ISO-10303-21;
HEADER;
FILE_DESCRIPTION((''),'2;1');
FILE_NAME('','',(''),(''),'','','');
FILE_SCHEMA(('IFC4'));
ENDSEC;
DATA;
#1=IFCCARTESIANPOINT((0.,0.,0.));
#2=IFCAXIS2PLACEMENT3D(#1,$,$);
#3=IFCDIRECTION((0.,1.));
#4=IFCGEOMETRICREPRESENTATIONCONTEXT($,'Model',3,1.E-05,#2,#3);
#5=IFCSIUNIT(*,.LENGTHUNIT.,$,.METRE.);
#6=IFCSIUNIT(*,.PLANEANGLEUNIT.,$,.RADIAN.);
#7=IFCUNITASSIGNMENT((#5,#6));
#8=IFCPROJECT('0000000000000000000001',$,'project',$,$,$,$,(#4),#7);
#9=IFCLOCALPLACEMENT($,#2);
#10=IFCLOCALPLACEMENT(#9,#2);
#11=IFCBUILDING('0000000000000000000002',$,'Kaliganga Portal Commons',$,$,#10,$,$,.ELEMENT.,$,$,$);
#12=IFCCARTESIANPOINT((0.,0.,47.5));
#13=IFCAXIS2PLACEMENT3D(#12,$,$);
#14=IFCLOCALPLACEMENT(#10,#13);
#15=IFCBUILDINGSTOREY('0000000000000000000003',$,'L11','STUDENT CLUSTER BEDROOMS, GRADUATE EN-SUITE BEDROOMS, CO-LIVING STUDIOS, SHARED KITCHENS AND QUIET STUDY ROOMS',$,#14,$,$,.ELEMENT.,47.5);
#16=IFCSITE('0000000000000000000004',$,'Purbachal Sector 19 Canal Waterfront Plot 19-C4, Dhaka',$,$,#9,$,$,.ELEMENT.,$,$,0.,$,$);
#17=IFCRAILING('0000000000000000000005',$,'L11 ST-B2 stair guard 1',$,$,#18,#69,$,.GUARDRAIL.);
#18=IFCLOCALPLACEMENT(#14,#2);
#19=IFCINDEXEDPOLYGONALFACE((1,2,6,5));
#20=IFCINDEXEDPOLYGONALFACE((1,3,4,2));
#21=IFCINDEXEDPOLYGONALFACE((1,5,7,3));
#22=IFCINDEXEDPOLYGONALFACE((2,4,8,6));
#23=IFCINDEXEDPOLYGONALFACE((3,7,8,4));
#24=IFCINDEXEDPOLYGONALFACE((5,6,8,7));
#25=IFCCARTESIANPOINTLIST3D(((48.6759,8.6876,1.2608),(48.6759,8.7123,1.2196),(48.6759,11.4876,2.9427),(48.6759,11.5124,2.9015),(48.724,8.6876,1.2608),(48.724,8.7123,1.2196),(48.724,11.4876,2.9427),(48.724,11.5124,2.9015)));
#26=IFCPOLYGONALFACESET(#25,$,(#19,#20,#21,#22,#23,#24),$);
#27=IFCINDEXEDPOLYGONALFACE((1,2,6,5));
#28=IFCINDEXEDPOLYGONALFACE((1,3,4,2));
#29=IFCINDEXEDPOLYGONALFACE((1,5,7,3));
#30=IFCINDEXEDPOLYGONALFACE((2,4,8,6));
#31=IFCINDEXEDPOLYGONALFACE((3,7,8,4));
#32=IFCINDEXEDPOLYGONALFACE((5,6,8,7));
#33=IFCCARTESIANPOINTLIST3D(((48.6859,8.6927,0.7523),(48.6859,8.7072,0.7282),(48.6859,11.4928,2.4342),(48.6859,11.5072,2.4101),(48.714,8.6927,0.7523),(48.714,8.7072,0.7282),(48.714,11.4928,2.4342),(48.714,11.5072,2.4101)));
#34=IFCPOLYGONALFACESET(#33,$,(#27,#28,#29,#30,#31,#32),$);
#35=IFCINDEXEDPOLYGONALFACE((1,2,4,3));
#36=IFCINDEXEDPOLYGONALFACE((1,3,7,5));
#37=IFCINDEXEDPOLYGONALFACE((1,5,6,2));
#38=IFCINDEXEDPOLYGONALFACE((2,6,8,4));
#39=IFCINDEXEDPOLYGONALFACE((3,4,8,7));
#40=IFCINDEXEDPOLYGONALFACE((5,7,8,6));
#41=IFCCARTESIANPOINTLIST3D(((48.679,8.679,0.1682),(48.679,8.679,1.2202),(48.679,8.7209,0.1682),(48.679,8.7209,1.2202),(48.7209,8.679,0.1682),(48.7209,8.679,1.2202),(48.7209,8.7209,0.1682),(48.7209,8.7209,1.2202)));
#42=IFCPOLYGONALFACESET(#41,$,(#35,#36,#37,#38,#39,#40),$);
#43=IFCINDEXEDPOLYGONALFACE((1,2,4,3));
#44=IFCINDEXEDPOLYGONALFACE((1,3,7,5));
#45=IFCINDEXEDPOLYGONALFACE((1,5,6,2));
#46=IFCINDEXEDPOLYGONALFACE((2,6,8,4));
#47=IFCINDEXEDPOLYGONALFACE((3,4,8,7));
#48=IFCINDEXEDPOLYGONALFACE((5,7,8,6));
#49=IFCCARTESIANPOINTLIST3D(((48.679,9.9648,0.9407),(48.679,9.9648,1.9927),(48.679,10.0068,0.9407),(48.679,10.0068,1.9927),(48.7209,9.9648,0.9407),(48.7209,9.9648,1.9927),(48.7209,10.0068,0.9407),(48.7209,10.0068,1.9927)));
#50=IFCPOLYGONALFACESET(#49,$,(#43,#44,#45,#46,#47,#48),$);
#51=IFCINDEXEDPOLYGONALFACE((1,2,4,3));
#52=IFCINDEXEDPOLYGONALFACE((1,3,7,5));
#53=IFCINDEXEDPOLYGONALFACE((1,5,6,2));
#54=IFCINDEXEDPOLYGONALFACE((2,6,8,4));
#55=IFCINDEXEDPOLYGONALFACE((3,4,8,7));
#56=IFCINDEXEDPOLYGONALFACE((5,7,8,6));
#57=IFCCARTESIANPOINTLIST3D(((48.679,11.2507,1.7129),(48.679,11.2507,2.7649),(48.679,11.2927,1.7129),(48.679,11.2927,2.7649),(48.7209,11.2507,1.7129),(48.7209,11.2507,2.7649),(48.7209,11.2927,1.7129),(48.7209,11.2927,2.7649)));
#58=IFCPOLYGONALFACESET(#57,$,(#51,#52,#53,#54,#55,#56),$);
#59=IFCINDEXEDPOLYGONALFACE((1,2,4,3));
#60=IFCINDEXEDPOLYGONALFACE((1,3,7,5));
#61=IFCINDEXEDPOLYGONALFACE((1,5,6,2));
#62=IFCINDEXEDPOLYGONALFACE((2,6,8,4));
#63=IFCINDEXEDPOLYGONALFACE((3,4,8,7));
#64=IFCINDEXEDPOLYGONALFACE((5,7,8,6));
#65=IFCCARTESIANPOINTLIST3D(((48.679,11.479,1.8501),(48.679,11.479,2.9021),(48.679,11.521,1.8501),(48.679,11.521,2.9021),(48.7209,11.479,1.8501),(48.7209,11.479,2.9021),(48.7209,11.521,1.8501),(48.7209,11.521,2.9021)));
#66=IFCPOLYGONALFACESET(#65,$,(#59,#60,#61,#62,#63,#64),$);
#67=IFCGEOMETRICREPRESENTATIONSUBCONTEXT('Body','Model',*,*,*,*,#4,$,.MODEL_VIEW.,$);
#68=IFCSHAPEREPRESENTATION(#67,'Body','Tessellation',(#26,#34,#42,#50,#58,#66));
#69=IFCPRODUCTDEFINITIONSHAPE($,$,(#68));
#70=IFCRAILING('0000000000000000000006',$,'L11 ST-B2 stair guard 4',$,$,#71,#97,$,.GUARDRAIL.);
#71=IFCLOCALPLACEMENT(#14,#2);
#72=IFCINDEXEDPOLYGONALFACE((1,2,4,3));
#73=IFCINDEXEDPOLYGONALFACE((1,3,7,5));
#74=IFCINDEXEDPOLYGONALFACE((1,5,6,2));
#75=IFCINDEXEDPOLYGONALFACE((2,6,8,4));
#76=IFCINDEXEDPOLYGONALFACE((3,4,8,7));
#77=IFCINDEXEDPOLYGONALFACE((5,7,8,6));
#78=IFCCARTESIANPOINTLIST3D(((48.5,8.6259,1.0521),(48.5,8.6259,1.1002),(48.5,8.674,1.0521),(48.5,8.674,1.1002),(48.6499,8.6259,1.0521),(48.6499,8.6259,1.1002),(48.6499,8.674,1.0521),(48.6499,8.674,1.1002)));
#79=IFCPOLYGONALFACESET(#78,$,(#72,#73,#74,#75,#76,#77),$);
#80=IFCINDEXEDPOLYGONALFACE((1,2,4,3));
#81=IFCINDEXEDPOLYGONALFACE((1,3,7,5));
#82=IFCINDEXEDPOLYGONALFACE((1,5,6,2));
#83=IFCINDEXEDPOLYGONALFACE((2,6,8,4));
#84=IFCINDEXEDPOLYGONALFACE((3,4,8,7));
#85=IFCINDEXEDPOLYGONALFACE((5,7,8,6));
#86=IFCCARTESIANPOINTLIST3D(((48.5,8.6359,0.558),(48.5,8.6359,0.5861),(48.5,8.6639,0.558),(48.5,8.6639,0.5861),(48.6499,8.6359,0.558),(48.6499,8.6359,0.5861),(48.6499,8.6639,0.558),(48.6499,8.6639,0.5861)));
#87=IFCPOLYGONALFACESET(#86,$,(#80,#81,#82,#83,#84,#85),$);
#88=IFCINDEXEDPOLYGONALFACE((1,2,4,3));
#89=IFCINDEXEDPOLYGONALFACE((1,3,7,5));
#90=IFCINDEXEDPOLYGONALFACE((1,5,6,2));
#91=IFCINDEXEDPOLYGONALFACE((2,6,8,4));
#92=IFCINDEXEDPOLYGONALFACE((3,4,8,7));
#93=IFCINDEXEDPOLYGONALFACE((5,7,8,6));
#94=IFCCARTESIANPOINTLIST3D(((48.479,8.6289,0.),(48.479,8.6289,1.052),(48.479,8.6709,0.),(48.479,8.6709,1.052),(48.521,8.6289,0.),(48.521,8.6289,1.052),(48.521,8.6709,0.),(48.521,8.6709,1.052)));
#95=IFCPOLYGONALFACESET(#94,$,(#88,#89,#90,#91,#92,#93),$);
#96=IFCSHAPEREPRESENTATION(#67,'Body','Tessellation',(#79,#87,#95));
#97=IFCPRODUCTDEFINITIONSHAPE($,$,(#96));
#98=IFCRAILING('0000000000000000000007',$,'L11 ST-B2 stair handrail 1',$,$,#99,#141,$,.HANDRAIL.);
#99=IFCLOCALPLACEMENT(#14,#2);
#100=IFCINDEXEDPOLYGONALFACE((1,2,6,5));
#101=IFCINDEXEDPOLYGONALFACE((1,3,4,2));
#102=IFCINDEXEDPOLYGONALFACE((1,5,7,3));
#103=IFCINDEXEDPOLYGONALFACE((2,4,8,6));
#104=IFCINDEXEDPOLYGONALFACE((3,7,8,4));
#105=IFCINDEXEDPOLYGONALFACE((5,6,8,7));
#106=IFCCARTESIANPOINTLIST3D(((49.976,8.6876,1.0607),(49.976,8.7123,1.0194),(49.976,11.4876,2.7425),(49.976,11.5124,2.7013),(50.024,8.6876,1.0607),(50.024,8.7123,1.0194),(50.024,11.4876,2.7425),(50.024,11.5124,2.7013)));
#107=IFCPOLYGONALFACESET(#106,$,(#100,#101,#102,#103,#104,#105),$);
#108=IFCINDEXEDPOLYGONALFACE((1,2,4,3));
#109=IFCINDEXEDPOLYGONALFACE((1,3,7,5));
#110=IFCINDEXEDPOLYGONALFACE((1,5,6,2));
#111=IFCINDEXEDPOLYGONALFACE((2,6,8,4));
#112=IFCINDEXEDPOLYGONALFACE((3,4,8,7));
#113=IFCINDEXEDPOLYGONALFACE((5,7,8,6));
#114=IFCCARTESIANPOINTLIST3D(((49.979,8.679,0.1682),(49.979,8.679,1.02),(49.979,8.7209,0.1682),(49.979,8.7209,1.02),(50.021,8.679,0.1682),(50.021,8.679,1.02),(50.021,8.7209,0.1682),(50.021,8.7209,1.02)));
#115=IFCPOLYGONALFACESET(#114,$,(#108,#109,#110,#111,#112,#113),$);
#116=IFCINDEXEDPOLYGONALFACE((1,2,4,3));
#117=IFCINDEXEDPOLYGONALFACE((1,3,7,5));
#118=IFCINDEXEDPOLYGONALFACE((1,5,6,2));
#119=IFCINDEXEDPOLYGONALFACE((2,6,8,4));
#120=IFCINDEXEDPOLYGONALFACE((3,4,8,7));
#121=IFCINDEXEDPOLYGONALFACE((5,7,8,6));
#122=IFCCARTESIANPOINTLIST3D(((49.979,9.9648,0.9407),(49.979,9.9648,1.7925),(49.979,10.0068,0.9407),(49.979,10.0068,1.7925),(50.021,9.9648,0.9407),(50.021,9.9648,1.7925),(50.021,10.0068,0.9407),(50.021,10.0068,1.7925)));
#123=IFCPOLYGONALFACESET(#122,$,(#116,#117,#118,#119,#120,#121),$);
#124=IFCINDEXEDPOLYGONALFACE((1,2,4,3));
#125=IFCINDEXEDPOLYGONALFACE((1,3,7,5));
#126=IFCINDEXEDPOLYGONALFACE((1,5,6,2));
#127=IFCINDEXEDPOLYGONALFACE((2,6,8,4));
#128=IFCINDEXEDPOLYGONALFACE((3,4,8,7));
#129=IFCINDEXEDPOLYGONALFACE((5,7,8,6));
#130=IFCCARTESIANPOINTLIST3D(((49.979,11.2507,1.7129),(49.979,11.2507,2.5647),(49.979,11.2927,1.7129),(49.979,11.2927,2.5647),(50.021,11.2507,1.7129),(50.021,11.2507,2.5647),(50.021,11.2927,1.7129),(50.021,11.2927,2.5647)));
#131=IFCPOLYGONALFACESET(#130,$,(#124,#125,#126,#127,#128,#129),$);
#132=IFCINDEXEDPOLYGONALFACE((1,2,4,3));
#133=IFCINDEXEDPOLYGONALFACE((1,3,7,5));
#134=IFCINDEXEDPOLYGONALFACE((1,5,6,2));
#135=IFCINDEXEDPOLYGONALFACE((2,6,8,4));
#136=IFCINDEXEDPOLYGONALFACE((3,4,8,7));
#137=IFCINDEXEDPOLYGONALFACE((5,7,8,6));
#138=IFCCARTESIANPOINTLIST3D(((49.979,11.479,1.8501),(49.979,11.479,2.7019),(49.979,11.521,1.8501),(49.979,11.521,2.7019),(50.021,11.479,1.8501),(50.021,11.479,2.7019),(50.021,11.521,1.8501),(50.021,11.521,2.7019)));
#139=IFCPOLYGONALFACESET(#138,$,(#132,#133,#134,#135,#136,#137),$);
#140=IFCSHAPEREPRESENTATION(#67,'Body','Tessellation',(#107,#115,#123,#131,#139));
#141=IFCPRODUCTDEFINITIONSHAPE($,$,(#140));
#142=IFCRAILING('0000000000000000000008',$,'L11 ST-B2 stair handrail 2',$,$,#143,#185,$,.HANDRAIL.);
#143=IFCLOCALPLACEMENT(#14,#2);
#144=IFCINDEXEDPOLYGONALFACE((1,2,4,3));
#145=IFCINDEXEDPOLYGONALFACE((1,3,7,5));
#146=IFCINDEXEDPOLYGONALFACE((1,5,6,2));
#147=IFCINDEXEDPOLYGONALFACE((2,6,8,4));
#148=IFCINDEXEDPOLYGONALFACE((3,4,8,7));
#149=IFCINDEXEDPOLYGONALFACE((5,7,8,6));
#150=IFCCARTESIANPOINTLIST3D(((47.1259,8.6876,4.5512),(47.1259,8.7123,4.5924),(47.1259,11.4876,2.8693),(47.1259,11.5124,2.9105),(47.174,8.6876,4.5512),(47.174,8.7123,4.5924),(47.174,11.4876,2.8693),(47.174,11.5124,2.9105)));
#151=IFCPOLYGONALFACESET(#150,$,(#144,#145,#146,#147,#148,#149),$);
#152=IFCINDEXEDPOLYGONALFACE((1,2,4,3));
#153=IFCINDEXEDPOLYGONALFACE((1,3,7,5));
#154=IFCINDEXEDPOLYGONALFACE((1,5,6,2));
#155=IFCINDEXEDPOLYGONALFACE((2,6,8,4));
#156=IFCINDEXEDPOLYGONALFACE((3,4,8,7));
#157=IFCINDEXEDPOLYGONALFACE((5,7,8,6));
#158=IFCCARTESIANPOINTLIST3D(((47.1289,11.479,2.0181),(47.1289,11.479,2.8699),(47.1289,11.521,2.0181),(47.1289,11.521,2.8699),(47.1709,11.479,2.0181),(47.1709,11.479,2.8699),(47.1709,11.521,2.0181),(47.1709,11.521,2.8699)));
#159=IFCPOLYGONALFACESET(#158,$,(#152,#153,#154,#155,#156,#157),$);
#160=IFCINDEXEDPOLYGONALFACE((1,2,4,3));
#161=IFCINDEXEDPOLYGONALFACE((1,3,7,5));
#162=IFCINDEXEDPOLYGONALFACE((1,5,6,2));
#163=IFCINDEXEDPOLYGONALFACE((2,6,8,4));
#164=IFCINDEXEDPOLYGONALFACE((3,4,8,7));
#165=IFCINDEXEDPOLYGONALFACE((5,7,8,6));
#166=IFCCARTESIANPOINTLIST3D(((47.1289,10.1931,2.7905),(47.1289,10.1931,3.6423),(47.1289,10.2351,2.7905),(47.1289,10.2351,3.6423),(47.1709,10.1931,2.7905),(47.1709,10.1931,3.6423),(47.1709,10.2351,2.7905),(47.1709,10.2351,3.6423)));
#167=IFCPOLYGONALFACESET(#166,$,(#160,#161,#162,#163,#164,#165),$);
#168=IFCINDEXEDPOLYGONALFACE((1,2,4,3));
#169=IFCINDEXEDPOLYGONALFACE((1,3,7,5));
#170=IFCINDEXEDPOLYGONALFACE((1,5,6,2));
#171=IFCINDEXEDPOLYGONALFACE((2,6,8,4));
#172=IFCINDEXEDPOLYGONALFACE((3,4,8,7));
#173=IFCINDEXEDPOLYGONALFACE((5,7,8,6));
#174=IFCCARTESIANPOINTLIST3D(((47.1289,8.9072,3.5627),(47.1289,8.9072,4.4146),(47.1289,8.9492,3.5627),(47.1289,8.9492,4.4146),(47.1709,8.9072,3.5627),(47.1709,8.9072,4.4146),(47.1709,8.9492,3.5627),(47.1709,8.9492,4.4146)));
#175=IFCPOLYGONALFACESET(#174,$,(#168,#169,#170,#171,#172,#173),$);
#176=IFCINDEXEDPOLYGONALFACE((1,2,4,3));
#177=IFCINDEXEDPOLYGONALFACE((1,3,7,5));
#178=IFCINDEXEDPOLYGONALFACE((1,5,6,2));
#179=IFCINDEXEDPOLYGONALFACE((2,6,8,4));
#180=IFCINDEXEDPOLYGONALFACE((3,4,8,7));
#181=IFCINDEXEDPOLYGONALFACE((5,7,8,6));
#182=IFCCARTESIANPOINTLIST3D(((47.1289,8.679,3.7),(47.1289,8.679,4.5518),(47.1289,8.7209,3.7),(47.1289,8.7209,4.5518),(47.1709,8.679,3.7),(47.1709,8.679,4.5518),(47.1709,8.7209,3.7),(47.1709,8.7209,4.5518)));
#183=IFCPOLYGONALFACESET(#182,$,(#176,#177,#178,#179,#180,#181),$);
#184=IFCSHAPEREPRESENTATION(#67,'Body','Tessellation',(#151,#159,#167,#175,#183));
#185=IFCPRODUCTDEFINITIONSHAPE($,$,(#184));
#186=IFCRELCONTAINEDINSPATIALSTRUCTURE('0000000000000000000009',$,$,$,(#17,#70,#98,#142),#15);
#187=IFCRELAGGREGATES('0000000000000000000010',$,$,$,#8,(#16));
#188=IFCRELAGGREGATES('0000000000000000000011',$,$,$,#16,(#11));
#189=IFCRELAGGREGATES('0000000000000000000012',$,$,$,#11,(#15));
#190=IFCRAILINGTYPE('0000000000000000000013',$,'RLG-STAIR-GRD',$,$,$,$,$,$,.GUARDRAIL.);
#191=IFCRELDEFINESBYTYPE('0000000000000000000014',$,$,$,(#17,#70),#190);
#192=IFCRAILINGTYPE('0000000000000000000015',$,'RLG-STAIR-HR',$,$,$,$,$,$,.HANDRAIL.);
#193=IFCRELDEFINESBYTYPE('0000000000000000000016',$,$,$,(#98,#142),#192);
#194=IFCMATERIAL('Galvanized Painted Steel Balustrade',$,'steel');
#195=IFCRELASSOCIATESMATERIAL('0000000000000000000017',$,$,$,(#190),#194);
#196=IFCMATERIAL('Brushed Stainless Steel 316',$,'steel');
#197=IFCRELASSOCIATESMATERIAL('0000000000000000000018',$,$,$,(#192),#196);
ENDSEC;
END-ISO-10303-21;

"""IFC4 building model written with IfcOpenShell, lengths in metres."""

from ifc_helpers import new_model, si_unit, direction, frame, origin, origin_2d, place, context, subcontext, project, spatial, rectangle, extrude, material, type_object, element, save


model = new_model("IFC4")

# Units and contexts
model_context = context("Model", 3, precision=1e-05, world=origin(), true_north=direction((0.0, 1.0)))
body_context = subcontext(model_context, "Body", "Model", "MODEL_VIEW")
ifc_project = project(units=[si_unit("LENGTHUNIT", "METRE"), si_unit("PLANEANGLEUNIT", "RADIAN")], contexts=[model_context])

# Site, building, storey
site_placement = place(None, origin())
site = spatial("IfcSite", under=ifc_project, at=site_placement, Name="Purbachal Sector 19 Canal Waterfront Plot 19-C4, Dhaka", CompositionType="ELEMENT", RefElevation=0.0)
building_placement = place(site_placement, origin())
building = spatial("IfcBuilding", under=site, at=building_placement, Name="Kaliganga Portal Commons", CompositionType="ELEMENT")
storey_placement = place(building_placement, frame((0.0, 0.0, 47.5)))
storey = spatial("IfcBuildingStorey", under=building, at=storey_placement, Name="L11", Description="STUDENT CLUSTER BEDROOMS, GRADUATE EN-SUITE BEDROOMS, CO-LIVING STUDIOS, SHARED KITCHENS AND QUIET STUDY ROOMS", CompositionType="ELEMENT", Elevation=47.5)

# Railings
ifc_material_1 = material(Name="Galvanized Painted Steel Balustrade", Category="steel")
railing_type_1 = type_object("IfcRailingType", Name="RLG-STAIR-GRD", PredefinedType="GUARDRAIL", material=ifc_material_1)
railing_1_placement = place(storey_placement, frame((48.7, 8.7, 0.1682)))
element("IfcRailing", 1, at=railing_1_placement, inside=storey, type_object=railing_type_1, Name="L11 ST-B2 stair guard 1", PredefinedType="GUARDRAIL", context=body_context, shape_type="SweptSolid", body=[
    extrude(rectangle(XDim=0.0481, YDim=0.0481, at=origin_2d()), frame((0.0, 0.0, 1.072), z_axis=(0.0, 0.857242, 0.514913), x_axis=(-1.0, 0.0, 0.0)), (0.0, 0.0, 1.0), 3.2664),
    extrude(rectangle(XDim=0.0281, YDim=0.0281, at=origin_2d()), frame((0.0, 0.0, 0.572), z_axis=(0.0, 0.857242, 0.514913), x_axis=(-1.0, 0.0, 0.0)), (0.0, 0.0, 1.0), 3.2664),
    extrude(rectangle(XDim=0.042, YDim=0.042, at=origin_2d()), origin(), (0.0, 0.0, 1.0), 1.052),
    extrude(rectangle(XDim=0.042, YDim=0.042, at=origin_2d()), frame((0.0, 1.2859, 0.7725)), (0.0, 0.0, 1.0), 1.052),
    extrude(rectangle(XDim=0.042, YDim=0.042, at=origin_2d()), frame((0.0, 2.5718, 1.5447)), (0.0, 0.0, 1.0), 1.052),
    extrude(rectangle(XDim=0.042, YDim=0.042, at=origin_2d()), frame((0.0, 2.8, 1.6819)), (0.0, 0.0, 1.0), 1.052),
])
railing_2_placement = place(storey_placement, frame((48.6499, 8.6499, 0.0)))
element("IfcRailing", 2, at=railing_2_placement, inside=storey, type_object=railing_type_1, Name="L11 ST-B2 stair guard 4", PredefinedType="GUARDRAIL", context=body_context, shape_type="SweptSolid", body=[
    extrude(rectangle(XDim=0.0481, YDim=0.0481, at=origin_2d()), frame((0.0, 0.0, 1.0762), z_axis=(-1.0, 0.0, 0.0), x_axis=(0.0, -1.0, 0.0)), (0.0, 0.0, 1.0), 0.1499),
    extrude(rectangle(XDim=0.0281, YDim=0.0281, at=origin_2d()), frame((0.0, 0.0, 0.572), z_axis=(-1.0, 0.0, 0.0), x_axis=(0.0, -1.0, 0.0)), (0.0, 0.0, 1.0), 0.1499),
    extrude(rectangle(XDim=0.042, YDim=0.042, at=origin_2d()), frame((-0.1499, 0.0, 0.0)), (0.0, 0.0, 1.0), 1.052),
])
ifc_material_2 = material(Name="Brushed Stainless Steel 316", Category="steel")
railing_type_2 = type_object("IfcRailingType", Name="RLG-STAIR-HR", PredefinedType="HANDRAIL", material=ifc_material_2)
railing_3_placement = place(storey_placement, frame((50.0, 8.7, 0.1682)))
element("IfcRailing", 3, at=railing_3_placement, inside=storey, type_object=railing_type_2, Name="L11 ST-B2 stair handrail 1", PredefinedType="HANDRAIL", context=body_context, shape_type="SweptSolid", body=[
    extrude(rectangle(XDim=0.0481, YDim=0.0481, at=origin_2d()), frame((0.0, 0.0, 0.8718), z_axis=(0.0, 0.857242, 0.514913), x_axis=(-1.0, 0.0, 0.0)), (0.0, 0.0, 1.0), 3.2664),
    extrude(rectangle(XDim=0.042, YDim=0.042, at=origin_2d()), origin(), (0.0, 0.0, 1.0), 0.8518),
    extrude(rectangle(XDim=0.042, YDim=0.042, at=origin_2d()), frame((0.0, 1.2859, 0.7725)), (0.0, 0.0, 1.0), 0.8518),
    extrude(rectangle(XDim=0.042, YDim=0.042, at=origin_2d()), frame((0.0, 2.5718, 1.5447)), (0.0, 0.0, 1.0), 0.8518),
    extrude(rectangle(XDim=0.042, YDim=0.042, at=origin_2d()), frame((0.0, 2.8, 1.6819)), (0.0, 0.0, 1.0), 0.8518),
])
railing_4_placement = place(storey_placement, frame((47.1499, 11.5, 2.0181)))
element("IfcRailing", 4, at=railing_4_placement, inside=storey, type_object=railing_type_2, Name="L11 ST-B2 stair handrail 2", PredefinedType="HANDRAIL", context=body_context, shape_type="SweptSolid", body=[
    extrude(rectangle(XDim=0.0481, YDim=0.0481, at=origin_2d()), frame((0.0, 0.0, 0.8718), z_axis=(0.0, -0.857242, 0.514913), x_axis=(1.0, 0.0, 0.0)), (0.0, 0.0, 1.0), 3.2664),
    extrude(rectangle(XDim=0.042, YDim=0.042, at=origin_2d()), origin(), (0.0, 0.0, 1.0), 0.8518),
    extrude(rectangle(XDim=0.042, YDim=0.042, at=origin_2d()), frame((0.0, -1.2859, 0.7725)), (0.0, 0.0, 1.0), 0.8518),
    extrude(rectangle(XDim=0.042, YDim=0.042, at=origin_2d()), frame((0.0, -2.5718, 1.5447)), (0.0, 0.0, 1.0), 0.8518),
    extrude(rectangle(XDim=0.042, YDim=0.042, at=origin_2d()), frame((0.0, -2.8, 1.6819)), (0.0, 0.0, 1.0), 0.8518),
])

save(model, "model.ifc")
